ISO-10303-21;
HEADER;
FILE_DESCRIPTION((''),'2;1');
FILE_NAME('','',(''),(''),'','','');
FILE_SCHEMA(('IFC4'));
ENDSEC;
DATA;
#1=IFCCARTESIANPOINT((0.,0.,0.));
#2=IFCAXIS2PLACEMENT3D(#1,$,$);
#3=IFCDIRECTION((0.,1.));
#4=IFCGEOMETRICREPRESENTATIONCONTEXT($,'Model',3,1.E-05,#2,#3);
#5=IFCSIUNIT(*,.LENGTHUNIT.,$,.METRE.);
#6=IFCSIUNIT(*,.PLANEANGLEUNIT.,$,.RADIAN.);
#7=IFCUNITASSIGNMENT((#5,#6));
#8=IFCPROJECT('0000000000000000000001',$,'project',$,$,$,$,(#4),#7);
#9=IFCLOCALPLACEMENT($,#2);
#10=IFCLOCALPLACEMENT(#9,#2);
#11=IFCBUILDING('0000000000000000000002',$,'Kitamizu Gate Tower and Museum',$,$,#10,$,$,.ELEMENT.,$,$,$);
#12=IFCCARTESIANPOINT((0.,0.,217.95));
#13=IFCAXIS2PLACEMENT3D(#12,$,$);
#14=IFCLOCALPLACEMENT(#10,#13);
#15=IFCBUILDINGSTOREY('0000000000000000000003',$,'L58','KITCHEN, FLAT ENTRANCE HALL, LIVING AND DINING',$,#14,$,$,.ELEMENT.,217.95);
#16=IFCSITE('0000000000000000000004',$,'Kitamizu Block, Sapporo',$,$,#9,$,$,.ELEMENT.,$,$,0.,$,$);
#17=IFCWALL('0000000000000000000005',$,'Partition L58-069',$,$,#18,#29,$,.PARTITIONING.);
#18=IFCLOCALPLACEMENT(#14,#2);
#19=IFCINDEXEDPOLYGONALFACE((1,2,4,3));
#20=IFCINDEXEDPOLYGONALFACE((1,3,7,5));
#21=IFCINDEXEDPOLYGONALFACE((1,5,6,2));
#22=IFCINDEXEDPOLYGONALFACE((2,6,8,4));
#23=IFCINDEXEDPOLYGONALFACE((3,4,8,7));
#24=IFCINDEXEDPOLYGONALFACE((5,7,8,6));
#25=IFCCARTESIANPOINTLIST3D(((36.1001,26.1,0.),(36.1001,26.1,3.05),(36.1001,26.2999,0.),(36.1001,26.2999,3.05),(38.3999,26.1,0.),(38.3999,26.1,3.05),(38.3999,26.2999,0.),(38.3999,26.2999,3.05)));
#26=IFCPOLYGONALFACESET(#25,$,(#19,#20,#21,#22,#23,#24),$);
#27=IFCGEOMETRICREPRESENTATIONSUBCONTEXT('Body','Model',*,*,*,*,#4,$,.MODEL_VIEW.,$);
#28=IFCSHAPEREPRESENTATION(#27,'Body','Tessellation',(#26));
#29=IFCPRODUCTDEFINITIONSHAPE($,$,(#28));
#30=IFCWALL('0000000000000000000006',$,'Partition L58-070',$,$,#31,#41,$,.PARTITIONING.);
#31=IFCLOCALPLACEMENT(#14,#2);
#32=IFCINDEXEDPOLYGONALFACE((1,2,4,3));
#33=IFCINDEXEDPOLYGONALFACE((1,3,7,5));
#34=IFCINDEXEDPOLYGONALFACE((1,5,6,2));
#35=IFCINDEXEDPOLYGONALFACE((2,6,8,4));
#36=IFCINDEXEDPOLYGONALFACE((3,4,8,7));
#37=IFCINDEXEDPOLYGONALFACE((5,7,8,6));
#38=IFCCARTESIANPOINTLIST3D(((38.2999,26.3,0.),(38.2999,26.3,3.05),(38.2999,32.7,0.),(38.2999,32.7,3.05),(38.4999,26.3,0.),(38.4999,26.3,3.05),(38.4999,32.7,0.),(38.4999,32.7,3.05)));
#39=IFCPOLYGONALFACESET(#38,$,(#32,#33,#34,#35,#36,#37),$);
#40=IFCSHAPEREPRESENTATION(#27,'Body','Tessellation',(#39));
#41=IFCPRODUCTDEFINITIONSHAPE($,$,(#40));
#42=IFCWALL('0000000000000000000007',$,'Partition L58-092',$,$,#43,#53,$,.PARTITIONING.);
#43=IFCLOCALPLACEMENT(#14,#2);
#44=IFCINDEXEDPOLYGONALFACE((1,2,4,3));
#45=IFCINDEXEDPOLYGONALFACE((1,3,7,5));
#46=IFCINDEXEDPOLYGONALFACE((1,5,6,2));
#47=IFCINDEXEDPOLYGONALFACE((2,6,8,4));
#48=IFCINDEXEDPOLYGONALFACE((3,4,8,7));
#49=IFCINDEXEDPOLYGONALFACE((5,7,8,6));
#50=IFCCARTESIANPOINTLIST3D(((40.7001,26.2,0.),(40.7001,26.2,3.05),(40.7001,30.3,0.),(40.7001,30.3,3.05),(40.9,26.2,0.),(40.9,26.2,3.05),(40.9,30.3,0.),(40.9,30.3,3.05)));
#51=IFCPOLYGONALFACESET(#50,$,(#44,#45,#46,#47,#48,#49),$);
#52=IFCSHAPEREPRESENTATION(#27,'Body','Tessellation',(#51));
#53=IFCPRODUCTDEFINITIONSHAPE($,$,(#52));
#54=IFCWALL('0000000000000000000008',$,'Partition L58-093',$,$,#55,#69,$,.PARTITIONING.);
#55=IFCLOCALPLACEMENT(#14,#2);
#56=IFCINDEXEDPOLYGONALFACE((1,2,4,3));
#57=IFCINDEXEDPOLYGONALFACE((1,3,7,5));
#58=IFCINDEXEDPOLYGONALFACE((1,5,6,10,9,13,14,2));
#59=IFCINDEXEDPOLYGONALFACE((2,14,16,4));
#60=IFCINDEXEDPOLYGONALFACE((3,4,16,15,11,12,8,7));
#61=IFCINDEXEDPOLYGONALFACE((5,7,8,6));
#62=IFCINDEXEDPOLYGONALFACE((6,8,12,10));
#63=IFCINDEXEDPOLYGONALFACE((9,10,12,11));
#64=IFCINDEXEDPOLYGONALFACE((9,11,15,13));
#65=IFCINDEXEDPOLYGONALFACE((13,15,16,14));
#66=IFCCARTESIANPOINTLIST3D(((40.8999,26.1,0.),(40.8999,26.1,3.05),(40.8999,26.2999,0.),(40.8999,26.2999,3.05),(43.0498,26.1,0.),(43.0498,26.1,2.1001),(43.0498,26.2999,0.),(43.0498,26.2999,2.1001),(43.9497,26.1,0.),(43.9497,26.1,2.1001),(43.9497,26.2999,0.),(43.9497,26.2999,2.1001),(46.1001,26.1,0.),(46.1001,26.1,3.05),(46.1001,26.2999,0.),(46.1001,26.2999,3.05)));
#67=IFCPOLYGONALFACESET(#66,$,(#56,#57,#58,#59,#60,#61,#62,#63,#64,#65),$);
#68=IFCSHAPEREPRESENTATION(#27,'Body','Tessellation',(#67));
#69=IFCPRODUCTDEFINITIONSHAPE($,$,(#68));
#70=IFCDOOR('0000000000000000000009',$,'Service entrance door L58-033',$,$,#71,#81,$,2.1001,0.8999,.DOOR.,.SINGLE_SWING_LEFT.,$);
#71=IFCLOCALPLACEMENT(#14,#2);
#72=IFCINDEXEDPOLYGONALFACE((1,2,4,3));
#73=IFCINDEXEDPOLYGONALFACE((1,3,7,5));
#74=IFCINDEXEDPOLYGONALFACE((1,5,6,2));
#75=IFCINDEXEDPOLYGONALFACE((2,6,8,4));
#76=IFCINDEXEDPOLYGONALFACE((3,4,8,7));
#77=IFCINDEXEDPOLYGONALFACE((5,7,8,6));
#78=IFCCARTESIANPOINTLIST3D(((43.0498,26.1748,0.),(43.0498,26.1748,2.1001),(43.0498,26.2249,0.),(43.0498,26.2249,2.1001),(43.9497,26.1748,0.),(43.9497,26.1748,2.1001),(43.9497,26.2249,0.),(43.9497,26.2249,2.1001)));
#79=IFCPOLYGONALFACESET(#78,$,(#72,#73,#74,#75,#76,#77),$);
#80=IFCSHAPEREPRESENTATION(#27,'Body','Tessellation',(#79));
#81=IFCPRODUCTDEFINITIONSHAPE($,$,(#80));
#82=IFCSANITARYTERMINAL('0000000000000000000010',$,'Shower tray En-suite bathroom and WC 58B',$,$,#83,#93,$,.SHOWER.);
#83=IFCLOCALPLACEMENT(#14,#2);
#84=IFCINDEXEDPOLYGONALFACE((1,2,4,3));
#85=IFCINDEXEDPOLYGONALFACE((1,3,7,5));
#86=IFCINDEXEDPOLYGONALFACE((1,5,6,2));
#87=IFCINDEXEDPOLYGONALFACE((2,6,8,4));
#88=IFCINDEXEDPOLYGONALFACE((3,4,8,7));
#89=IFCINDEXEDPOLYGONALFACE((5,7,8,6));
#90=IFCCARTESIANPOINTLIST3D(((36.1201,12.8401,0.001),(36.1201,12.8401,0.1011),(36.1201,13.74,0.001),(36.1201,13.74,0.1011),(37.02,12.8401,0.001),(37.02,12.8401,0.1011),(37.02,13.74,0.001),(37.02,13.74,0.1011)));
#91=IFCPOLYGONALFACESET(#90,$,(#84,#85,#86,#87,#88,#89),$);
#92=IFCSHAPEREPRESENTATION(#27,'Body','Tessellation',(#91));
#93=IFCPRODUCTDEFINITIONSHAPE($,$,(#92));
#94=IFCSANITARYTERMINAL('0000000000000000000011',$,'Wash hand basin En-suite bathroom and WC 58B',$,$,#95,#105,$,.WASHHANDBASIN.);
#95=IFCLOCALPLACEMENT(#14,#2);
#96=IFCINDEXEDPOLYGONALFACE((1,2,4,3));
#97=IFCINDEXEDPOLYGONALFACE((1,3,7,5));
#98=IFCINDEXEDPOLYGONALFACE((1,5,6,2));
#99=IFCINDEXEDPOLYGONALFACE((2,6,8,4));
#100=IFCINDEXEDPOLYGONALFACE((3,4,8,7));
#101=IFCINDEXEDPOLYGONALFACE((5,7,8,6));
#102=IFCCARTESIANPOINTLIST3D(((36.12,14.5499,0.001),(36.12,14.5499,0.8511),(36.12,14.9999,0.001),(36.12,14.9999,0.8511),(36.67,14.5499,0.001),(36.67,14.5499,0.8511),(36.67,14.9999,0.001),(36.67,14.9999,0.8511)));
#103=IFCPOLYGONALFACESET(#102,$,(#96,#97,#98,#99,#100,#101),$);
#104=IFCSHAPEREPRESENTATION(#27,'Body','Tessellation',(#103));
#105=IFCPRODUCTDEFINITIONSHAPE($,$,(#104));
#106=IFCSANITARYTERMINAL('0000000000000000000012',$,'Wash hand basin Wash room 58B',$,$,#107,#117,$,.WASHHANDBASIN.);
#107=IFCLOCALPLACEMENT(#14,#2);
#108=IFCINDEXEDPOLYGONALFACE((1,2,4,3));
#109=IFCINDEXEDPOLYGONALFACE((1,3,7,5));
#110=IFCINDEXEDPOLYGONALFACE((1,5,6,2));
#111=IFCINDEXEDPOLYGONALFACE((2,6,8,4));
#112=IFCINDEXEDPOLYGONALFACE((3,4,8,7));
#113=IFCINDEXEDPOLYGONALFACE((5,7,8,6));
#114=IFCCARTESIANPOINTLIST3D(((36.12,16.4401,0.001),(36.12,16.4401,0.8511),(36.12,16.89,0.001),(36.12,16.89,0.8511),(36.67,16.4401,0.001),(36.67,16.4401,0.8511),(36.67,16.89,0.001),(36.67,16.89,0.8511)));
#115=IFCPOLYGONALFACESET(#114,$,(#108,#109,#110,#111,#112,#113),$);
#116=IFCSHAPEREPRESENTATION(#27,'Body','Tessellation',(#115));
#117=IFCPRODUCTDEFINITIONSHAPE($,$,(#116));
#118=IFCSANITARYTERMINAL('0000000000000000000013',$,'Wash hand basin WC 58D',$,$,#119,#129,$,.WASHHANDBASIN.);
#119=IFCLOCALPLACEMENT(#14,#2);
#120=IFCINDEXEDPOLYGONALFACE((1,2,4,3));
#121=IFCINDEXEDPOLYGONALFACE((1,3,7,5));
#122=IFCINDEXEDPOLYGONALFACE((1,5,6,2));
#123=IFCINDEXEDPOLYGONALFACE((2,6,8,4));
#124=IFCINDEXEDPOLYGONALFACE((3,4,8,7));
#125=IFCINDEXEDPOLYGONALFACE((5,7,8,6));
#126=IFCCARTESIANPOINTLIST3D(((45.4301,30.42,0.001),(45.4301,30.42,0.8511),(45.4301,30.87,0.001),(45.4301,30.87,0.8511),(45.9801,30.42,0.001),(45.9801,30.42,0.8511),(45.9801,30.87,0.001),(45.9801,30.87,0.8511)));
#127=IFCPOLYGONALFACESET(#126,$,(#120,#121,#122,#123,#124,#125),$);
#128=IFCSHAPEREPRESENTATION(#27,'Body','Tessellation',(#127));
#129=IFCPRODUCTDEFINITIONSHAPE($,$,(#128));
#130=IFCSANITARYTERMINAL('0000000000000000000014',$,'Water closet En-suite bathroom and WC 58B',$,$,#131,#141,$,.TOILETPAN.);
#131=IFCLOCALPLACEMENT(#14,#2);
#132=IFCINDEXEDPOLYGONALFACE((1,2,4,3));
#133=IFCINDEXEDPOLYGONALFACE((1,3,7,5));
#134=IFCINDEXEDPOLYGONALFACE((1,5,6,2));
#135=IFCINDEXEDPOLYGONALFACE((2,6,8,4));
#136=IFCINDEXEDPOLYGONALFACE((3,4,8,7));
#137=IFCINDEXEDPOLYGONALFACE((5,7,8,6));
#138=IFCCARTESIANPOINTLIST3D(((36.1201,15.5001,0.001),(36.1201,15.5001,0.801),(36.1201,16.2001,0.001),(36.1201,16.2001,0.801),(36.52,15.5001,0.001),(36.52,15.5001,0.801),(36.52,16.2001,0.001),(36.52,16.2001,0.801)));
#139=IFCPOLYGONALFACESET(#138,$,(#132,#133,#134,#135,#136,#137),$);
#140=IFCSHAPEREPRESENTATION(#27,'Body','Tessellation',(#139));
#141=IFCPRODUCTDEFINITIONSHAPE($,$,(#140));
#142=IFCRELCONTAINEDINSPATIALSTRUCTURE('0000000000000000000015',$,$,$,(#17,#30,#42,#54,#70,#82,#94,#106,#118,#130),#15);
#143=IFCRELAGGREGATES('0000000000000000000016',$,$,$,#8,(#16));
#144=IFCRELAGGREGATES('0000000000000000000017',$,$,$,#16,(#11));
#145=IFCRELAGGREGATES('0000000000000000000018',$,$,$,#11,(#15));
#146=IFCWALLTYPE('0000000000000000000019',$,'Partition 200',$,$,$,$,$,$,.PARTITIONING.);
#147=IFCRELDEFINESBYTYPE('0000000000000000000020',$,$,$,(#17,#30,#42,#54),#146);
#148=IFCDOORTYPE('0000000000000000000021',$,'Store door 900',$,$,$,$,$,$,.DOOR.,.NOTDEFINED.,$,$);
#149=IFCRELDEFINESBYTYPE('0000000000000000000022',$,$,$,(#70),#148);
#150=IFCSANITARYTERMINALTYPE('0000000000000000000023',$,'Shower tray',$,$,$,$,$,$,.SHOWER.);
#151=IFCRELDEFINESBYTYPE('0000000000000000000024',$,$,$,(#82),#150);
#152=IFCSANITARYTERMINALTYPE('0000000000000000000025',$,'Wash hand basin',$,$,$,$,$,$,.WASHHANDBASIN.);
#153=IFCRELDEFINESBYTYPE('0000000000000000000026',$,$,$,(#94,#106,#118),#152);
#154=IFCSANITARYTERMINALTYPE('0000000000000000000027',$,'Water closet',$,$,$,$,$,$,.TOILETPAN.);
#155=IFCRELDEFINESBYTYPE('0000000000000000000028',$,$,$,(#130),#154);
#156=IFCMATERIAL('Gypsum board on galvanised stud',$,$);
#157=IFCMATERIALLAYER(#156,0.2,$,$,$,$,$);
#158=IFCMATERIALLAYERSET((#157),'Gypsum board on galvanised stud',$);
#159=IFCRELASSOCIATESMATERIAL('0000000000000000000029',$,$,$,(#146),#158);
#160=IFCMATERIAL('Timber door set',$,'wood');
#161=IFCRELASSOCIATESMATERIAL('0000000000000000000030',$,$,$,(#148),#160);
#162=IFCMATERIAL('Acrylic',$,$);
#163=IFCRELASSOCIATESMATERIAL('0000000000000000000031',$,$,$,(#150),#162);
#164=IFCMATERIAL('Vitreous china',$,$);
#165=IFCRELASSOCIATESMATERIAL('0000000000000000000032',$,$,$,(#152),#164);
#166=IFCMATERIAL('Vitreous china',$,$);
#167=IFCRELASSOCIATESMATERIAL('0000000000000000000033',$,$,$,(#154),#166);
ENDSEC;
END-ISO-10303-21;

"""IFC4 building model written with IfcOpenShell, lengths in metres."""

from ifc_helpers import new_model, si_unit, direction, frame, frame_2d, origin, origin_2d, place, context, subcontext, project, spatial, rectangle, extrude, material, layer, layer_set, type_object, element, fill, save


model = new_model("IFC4")

# Units and contexts
model_context = context("Model", 3, precision=1e-05, world=origin(), true_north=direction((0.0, 1.0)))
body_context = subcontext(model_context, "Body", "Model", "MODEL_VIEW")
ifc_project = project(units=[si_unit("LENGTHUNIT", "METRE"), si_unit("PLANEANGLEUNIT", "RADIAN")], contexts=[model_context])

# Site, building, storey
site_placement = place(None, origin())
site = spatial("IfcSite", under=ifc_project, at=site_placement, Name="Kitamizu Block, Sapporo", CompositionType="ELEMENT", RefElevation=0.0)
building_placement = place(site_placement, origin())
building = spatial("IfcBuilding", under=site, at=building_placement, Name="Kitamizu Gate Tower and Museum", CompositionType="ELEMENT")
storey_placement = place(building_placement, frame((0.0, 0.0, 217.95)))
storey = spatial("IfcBuildingStorey", under=building, at=storey_placement, Name="L58", Description="KITCHEN, FLAT ENTRANCE HALL, LIVING AND DINING", CompositionType="ELEMENT", Elevation=217.95)

# Walls
ifc_material_1 = material(Name="Gypsum board on galvanised stud")
ifc_layer_1 = layer(ifc_material_1, 0.2)
ifc_layer_set_1 = layer_set([ifc_layer_1], Name="Gypsum board on galvanised stud")
wall_type_1 = type_object("IfcWallType", Name="Partition 200", PredefinedType="PARTITIONING", material=ifc_layer_set_1)
wall_1_placement = place(storey_placement, frame((36.1001, 26.2, 0.0), z_axis=(0.0, 0.0, 1.0), x_axis=(1.0, 0.0, 0.0)))
element("IfcWall", 1, at=wall_1_placement, inside=storey, type_object=wall_type_1, Name="Partition L58-069", PredefinedType="PARTITIONING", context=body_context, shape_type="SweptSolid", body=[
    extrude(rectangle(XDim=2.2998, YDim=0.2, at=frame_2d((1.1499, 0.0))), origin(), (0.0, 0.0, 1.0), 3.05),
])
wall_2_placement = place(storey_placement, frame((38.3999, 26.3, 0.0), z_axis=(0.0, 0.0, 1.0), x_axis=(0.0, 1.0, 0.0)))
element("IfcWall", 2, at=wall_2_placement, inside=storey, type_object=wall_type_1, Name="Partition L58-070", PredefinedType="PARTITIONING", context=body_context, shape_type="SweptSolid", body=[
    extrude(rectangle(XDim=6.3999, YDim=0.2, at=frame_2d((3.2, 0.0))), origin(), (0.0, 0.0, 1.0), 3.05),
])
wall_3_placement = place(storey_placement, frame((40.8, 30.3, 0.0), z_axis=(0.0, 0.0, 1.0), x_axis=(0.0, -1.0, 0.0)))
element("IfcWall", 3, at=wall_3_placement, inside=storey, type_object=wall_type_1, Name="Partition L58-092", PredefinedType="PARTITIONING", context=body_context, shape_type="SweptSolid", body=[
    extrude(rectangle(XDim=4.1001, YDim=0.2, at=frame_2d((2.05, 0.0))), origin(), (0.0, 0.0, 1.0), 3.05),
])

# Wall, opening, door
wall_4_placement = place(storey_placement, frame((40.8999, 26.2, 0.0), z_axis=(0.0, 0.0, 1.0), x_axis=(1.0, 0.0, 0.0)))
wall_4 = element("IfcWall", 4, at=wall_4_placement, inside=storey, type_object=wall_type_1, Name="Partition L58-093", PredefinedType="PARTITIONING", context=body_context, shape_type="SweptSolid", body=[
    extrude(rectangle(XDim=5.2002, YDim=0.2, at=frame_2d((2.6001, 0.0))), origin(), (0.0, 0.0, 1.0), 3.05),
])
opening_1_placement = place(wall_4_placement, frame((2.1499, 0.0, 0.0)))
opening_1 = element("IfcOpeningElement", 5, at=opening_1_placement, cuts=wall_4, PredefinedType="OPENING", context=body_context, shape_type="SweptSolid", body=[
    extrude(rectangle(XDim=0.8999, YDim=2.1001, at=frame_2d((0.45, 1.05))), frame((0.0, 0.1099, 0.0), z_axis=(0.0, -1.0, 0.0), x_axis=(1.0, 0.0, 0.0)), (0.0, 0.0, 1.0), 0.22),
])
ifc_material_2 = material(Name="Timber door set", Category="wood")
door_type_1 = type_object("IfcDoorType", Name="Store door 900", OperationType="NOTDEFINED", PredefinedType="DOOR", material=ifc_material_2)
door_1_placement = place(opening_1_placement, origin())
door_1 = element("IfcDoor", 6, at=door_1_placement, inside=storey, type_object=door_type_1, Name="Service entrance door L58-033", OperationType="SINGLE_SWING_LEFT", OverallHeight=2.1001, OverallWidth=0.8999, PredefinedType="DOOR", context=body_context, shape_type="SweptSolid", body=[
    extrude(rectangle(XDim=0.8999, YDim=2.1001, at=frame_2d((0.45, 1.05))), frame((0.0, 0.0249, 0.0), z_axis=(0.0, -1.0, 0.0), x_axis=(1.0, 0.0, 0.0)), (0.0, 0.0, 1.0), 0.05),
])
fill(opening_1, door_1)

# Sanitary terminals
ifc_material_3 = material(Name="Acrylic")
sanitary_terminal_type_1 = type_object("IfcSanitaryTerminalType", Name="Shower tray", PredefinedType="SHOWER", material=ifc_material_3)
sanitary_terminal_1_placement = place(storey_placement, frame((36.5701, 13.29, 0.001), z_axis=(0.0, 0.0, 1.0), x_axis=(1.0, 0.0, 0.0)))
element("IfcSanitaryTerminal", 7, at=sanitary_terminal_1_placement, inside=storey, type_object=sanitary_terminal_type_1, Name="Shower tray En-suite bathroom and WC 58B", PredefinedType="SHOWER", context=body_context, shape_type="SweptSolid", body=[
    extrude(rectangle(XDim=0.8999, YDim=0.8999, at=origin_2d()), origin(), (0.0, 0.0, 1.0), 0.1001),
])
ifc_material_4 = material(Name="Vitreous china")
sanitary_terminal_type_2 = type_object("IfcSanitaryTerminalType", Name="Wash hand basin", PredefinedType="WASHHANDBASIN", material=ifc_material_4)
for number, where, z_axis, x_axis, name in (
    (8, (36.395, 14.7749, 0.001), (0.0, 0.0, 1.0), (1.0, 0.0, 0.0), "Wash hand basin En-suite bathroom and WC 58B"),
    (9, (36.395, 16.665, 0.001), (0.0, 0.0, 1.0), (1.0, 0.0, 0.0), "Wash hand basin Wash room 58B"),
    (10, (45.7051, 30.645, 0.001), (0.0, 0.0, 1.0), (1.0, 0.0, 0.0), "Wash hand basin WC 58D"),
):
    element("IfcSanitaryTerminal", number, at=place(storey_placement, frame(where, z_axis=z_axis, x_axis=x_axis)), inside=storey, type_object=sanitary_terminal_type_2, Name=name, PredefinedType="WASHHANDBASIN", context=body_context, shape_type="SweptSolid", body=[
        extrude(rectangle(XDim=0.55, YDim=0.45, at=origin_2d()), origin(), (0.0, 0.0, 1.0), 0.8501),
    ])
ifc_material_5 = material(Name="Vitreous china")
sanitary_terminal_type_3 = type_object("IfcSanitaryTerminalType", Name="Water closet", PredefinedType="TOILETPAN", material=ifc_material_5)
sanitary_terminal_2_placement = place(storey_placement, frame((36.3201, 15.8501, 0.001), z_axis=(0.0, 0.0, 1.0), x_axis=(1.0, 0.0, 0.0)))
element("IfcSanitaryTerminal", 11, at=sanitary_terminal_2_placement, inside=storey, type_object=sanitary_terminal_type_3, Name="Water closet En-suite bathroom and WC 58B", PredefinedType="TOILETPAN", context=body_context, shape_type="SweptSolid", body=[
    extrude(rectangle(XDim=0.3999, YDim=0.7, at=origin_2d()), origin(), (0.0, 0.0, 1.0), 0.8),
])

save(model, "model.ifc")
